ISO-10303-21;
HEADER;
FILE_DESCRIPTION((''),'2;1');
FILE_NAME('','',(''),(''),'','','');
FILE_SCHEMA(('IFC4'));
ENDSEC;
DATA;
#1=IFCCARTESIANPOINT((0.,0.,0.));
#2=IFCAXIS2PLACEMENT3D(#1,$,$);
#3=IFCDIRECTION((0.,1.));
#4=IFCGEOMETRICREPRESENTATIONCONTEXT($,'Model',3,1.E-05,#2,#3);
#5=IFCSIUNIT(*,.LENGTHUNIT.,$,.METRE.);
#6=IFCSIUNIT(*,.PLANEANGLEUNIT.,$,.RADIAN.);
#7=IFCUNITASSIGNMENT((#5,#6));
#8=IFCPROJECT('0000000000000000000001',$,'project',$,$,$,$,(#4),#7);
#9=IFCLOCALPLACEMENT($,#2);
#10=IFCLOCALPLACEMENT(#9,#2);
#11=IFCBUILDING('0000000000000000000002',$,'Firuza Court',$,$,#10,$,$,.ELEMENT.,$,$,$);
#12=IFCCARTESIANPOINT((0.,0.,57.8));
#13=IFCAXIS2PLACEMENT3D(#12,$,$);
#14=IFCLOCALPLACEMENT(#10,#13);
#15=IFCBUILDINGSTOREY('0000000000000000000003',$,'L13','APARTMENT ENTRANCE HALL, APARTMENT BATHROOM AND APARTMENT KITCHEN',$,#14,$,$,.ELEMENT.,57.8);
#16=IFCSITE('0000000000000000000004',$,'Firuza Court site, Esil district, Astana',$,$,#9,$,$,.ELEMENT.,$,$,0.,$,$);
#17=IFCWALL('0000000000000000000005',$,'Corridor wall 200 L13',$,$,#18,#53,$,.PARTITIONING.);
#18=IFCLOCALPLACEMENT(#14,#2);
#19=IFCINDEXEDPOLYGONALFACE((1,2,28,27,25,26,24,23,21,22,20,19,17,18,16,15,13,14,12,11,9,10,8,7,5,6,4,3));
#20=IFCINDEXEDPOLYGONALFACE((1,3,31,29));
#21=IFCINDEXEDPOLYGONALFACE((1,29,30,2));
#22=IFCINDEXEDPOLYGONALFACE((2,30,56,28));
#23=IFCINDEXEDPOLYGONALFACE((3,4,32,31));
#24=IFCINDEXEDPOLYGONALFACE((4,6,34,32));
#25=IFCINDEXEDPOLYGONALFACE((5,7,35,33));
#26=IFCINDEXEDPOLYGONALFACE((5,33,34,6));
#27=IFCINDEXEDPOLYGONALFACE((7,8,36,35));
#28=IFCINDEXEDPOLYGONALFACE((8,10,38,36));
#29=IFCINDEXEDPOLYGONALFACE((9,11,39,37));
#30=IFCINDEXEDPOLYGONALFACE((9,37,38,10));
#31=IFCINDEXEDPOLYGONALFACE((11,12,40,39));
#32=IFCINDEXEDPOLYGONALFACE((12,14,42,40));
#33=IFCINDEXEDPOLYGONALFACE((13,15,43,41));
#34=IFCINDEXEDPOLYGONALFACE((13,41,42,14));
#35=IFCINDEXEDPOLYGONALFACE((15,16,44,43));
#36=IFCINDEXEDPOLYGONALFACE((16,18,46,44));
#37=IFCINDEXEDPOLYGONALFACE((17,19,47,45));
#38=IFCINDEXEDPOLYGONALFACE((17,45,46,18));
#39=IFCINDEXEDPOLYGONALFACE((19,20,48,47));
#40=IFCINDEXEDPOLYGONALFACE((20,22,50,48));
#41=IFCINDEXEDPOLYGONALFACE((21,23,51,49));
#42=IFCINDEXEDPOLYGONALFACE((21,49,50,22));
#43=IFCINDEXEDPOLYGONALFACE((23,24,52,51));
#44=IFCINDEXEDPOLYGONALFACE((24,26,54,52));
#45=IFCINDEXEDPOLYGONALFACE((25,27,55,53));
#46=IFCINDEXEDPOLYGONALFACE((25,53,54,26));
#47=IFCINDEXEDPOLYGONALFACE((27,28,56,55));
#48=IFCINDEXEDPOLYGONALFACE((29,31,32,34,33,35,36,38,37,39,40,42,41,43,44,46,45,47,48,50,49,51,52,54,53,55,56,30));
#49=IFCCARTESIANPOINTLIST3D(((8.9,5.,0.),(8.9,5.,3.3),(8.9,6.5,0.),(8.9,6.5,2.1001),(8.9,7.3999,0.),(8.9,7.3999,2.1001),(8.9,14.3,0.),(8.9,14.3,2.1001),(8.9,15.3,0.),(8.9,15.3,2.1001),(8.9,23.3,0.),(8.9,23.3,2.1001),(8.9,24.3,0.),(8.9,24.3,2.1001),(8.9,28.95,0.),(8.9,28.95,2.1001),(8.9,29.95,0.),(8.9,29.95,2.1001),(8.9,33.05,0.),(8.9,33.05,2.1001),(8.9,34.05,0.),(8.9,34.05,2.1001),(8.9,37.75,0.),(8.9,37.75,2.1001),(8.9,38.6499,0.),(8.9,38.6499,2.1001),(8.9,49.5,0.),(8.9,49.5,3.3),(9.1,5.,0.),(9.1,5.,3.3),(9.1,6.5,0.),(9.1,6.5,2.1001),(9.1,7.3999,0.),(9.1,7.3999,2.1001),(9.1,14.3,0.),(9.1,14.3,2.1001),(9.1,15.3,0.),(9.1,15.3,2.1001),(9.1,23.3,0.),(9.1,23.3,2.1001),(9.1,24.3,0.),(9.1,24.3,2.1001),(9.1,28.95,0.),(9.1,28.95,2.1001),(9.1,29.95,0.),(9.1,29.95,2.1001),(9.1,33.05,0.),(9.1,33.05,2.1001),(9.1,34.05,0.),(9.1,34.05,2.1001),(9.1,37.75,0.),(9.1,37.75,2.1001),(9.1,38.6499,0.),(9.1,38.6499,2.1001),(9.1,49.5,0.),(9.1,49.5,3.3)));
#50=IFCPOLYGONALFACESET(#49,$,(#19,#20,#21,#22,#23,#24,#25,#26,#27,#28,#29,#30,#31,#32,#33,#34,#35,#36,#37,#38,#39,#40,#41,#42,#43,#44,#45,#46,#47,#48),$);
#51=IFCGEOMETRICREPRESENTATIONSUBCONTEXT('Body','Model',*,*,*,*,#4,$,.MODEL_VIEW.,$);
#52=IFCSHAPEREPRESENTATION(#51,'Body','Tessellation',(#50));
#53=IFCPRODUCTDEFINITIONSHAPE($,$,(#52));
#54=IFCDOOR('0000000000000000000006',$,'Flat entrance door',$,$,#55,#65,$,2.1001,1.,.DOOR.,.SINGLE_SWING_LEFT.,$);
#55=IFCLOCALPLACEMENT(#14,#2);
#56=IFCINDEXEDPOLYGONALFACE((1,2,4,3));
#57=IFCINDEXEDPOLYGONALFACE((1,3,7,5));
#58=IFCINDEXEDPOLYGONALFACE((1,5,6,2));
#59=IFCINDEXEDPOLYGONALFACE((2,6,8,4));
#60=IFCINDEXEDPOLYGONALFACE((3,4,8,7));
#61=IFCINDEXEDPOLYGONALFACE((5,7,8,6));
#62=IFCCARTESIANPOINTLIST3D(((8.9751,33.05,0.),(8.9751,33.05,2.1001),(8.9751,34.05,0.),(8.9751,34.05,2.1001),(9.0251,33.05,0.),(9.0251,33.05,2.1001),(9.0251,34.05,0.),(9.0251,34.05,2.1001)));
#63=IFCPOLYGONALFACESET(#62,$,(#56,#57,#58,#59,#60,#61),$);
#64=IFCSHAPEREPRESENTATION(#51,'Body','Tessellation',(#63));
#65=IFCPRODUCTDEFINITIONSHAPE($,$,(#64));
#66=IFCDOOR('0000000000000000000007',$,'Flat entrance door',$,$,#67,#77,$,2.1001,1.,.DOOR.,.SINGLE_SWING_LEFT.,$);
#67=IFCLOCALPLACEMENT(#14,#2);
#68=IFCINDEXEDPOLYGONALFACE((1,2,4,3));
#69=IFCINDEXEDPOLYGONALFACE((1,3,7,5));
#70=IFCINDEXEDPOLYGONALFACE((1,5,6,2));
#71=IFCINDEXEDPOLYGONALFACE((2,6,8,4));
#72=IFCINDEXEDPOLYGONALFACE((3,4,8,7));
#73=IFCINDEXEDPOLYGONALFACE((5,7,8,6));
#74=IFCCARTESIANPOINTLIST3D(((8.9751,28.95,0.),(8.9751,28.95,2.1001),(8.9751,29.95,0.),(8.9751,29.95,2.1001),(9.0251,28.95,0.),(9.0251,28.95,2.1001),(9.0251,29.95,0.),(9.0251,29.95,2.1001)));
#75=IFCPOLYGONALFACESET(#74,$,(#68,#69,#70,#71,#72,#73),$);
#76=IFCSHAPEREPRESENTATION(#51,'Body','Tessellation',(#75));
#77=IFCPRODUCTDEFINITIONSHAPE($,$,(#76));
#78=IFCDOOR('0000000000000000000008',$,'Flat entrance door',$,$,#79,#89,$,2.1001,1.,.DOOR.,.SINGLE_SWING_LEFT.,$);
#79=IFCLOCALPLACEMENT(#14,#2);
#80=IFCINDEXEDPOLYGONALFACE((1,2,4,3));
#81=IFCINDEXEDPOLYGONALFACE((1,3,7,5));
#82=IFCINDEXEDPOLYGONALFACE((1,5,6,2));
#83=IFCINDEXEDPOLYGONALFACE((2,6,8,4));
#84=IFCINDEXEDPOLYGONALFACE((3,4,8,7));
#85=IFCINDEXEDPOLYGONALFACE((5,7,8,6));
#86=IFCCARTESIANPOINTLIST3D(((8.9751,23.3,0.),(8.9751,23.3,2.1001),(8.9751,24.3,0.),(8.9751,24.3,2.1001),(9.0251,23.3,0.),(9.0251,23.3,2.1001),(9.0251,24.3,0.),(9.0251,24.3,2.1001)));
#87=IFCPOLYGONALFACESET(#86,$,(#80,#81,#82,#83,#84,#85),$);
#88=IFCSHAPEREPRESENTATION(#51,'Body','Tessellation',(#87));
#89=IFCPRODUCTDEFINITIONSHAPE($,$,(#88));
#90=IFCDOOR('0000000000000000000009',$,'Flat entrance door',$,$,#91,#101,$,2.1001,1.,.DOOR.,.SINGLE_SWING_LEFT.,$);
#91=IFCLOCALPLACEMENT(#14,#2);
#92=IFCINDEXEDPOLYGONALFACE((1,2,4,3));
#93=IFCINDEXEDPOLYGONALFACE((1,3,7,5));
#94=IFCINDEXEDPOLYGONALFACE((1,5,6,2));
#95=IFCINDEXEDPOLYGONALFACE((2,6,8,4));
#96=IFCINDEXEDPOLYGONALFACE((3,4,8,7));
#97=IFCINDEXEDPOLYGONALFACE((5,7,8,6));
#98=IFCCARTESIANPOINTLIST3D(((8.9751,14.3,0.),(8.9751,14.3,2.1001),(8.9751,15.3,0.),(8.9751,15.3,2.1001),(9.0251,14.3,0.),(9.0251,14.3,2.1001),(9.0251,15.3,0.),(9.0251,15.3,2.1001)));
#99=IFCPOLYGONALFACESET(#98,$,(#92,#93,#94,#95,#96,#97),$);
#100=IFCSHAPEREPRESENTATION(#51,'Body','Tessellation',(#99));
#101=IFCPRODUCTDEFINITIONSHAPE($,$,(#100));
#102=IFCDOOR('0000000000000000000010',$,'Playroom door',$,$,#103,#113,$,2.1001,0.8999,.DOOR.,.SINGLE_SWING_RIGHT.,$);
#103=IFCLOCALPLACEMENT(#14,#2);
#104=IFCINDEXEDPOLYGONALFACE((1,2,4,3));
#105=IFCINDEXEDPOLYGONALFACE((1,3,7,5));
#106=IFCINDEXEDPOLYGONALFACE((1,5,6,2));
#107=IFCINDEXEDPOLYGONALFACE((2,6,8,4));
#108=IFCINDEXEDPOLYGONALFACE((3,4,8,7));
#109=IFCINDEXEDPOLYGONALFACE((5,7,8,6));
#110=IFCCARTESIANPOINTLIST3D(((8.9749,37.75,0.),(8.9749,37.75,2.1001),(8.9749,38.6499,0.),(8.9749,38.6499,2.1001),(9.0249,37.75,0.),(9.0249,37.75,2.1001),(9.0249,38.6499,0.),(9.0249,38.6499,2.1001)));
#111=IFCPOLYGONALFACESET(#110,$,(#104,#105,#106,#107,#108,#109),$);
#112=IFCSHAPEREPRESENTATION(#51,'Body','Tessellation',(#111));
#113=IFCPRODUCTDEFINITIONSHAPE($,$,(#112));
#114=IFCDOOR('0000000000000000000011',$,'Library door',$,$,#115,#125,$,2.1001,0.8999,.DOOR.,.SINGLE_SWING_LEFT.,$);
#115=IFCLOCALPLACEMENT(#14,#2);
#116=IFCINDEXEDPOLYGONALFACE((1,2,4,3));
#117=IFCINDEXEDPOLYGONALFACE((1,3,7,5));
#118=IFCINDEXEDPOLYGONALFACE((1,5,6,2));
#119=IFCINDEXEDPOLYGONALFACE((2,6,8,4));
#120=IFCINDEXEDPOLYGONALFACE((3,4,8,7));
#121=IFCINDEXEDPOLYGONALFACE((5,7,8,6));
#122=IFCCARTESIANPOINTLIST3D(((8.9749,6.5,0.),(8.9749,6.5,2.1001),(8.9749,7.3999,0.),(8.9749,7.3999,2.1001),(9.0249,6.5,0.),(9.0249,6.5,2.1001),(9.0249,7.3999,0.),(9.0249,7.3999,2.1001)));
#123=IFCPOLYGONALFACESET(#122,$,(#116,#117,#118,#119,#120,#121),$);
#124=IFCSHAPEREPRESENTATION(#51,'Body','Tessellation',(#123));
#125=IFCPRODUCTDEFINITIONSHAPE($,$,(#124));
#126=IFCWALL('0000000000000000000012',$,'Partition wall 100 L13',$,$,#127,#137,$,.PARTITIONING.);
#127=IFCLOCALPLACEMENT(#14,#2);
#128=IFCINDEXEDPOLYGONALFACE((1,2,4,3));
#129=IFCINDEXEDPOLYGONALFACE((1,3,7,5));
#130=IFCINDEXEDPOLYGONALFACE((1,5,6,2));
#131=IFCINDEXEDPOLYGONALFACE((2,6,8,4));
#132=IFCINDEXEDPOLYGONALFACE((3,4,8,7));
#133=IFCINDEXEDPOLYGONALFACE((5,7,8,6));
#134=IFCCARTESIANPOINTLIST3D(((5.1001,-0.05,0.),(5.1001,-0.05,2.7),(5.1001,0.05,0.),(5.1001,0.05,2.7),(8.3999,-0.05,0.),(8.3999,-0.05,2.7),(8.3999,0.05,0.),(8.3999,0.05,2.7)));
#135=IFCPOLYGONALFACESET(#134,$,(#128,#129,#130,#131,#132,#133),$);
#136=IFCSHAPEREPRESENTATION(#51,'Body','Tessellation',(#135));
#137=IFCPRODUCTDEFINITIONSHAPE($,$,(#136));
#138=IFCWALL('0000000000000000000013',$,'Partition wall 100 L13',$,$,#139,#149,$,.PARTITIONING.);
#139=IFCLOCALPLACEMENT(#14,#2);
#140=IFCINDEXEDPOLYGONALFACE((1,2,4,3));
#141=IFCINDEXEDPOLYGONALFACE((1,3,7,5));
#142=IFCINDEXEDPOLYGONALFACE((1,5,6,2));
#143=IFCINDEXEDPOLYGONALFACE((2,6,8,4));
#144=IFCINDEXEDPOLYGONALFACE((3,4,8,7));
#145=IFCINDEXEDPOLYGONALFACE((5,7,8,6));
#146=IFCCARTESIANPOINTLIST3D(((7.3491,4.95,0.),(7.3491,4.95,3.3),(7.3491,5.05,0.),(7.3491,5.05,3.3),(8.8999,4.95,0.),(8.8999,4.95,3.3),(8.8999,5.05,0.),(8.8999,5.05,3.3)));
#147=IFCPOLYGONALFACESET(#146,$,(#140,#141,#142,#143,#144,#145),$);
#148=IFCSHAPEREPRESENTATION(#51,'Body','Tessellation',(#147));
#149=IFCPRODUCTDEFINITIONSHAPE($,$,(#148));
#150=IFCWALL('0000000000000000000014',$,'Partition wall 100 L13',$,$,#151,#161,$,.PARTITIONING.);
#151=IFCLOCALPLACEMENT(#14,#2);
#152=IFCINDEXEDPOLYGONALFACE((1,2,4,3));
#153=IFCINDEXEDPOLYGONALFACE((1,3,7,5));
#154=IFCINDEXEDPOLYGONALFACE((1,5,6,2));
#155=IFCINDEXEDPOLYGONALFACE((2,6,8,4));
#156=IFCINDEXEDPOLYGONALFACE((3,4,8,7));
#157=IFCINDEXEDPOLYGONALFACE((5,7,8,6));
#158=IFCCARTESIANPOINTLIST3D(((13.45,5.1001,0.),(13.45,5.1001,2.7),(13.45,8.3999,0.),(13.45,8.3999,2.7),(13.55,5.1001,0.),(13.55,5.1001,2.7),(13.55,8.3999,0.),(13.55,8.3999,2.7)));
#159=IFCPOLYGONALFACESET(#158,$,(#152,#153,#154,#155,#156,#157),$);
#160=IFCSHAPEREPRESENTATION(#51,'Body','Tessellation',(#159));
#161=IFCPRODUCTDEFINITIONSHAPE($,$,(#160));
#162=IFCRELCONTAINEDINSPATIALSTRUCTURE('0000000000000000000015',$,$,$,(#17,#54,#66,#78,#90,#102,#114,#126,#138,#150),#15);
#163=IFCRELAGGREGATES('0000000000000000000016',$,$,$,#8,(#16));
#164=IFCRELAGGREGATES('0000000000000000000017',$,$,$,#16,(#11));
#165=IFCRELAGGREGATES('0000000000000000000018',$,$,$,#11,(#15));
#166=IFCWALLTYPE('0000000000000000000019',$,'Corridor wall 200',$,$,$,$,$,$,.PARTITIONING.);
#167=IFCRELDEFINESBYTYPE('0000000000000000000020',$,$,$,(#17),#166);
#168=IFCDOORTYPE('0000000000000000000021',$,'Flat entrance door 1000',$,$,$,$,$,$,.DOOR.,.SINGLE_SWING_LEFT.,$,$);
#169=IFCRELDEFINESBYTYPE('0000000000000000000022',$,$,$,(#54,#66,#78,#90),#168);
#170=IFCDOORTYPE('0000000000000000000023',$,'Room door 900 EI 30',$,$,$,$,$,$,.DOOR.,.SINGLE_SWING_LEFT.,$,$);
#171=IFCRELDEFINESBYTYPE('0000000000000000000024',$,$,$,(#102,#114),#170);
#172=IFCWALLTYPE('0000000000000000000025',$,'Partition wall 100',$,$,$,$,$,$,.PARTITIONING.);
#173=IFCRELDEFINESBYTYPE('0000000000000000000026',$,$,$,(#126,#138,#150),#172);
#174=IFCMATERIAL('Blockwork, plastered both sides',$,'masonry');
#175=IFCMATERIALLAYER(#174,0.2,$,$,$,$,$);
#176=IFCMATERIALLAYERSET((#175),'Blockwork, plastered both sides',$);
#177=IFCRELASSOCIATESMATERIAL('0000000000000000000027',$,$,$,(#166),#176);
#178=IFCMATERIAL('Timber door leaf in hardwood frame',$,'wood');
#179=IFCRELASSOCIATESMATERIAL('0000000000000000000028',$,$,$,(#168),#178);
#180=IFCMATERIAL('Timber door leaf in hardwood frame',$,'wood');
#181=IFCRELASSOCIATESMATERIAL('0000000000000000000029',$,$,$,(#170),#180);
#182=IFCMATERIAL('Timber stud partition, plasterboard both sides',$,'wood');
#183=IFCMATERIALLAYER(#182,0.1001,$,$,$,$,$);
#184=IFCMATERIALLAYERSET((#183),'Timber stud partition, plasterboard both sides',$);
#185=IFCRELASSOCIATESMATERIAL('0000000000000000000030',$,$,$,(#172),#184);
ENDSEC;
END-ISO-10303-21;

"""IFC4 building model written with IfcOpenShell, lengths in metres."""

from ifc_helpers import new_model, si_unit, direction, frame, frame_2d, origin, place, context, subcontext, project, spatial, rectangle, extrude, material, layer, layer_set, type_object, element, fill, save


model = new_model("IFC4")

# Units and contexts
model_context = context("Model", 3, precision=1e-05, world=origin(), true_north=direction((0.0, 1.0)))
body_context = subcontext(model_context, "Body", "Model", "MODEL_VIEW")
ifc_project = project(units=[si_unit("LENGTHUNIT", "METRE"), si_unit("PLANEANGLEUNIT", "RADIAN")], contexts=[model_context])

# Site, building, storey
site_placement = place(None, origin())
site = spatial("IfcSite", under=ifc_project, at=site_placement, Name="Firuza Court site, Esil district, Astana", CompositionType="ELEMENT", RefElevation=0.0)
building_placement = place(site_placement, origin())
building = spatial("IfcBuilding", under=site, at=building_placement, Name="Firuza Court", CompositionType="ELEMENT")
storey_placement = place(building_placement, frame((0.0, 0.0, 57.8)))
storey = spatial("IfcBuildingStorey", under=building, at=storey_placement, Name="L13", Description="APARTMENT ENTRANCE HALL, APARTMENT BATHROOM AND APARTMENT KITCHEN", CompositionType="ELEMENT", Elevation=57.8)

# Wall, openings, doors
ifc_material_1 = material(Name="Blockwork, plastered both sides", Category="masonry")
ifc_layer_1 = layer(ifc_material_1, 0.2)
ifc_layer_set_1 = layer_set([ifc_layer_1], Name="Blockwork, plastered both sides")
wall_type_1 = type_object("IfcWallType", Name="Corridor wall 200", PredefinedType="PARTITIONING", material=ifc_layer_set_1)
wall_1_placement = place(storey_placement, frame((9.0, 5.0, 0.0), z_axis=(0.0, 0.0, 1.0), x_axis=(0.0, 1.0, 0.0)))
wall_1 = element("IfcWall", 1, at=wall_1_placement, inside=storey, type_object=wall_type_1, Name="Corridor wall 200 L13", PredefinedType="PARTITIONING", context=body_context, shape_type="SweptSolid", body=[
    extrude(rectangle(XDim=44.5, YDim=0.2, at=frame_2d((22.25, 0.0))), origin(), (0.0, 0.0, 1.0), 3.3),
])
opening_1_placement = place(wall_1_placement, frame((28.05, 0.0, 0.0)))
opening_1 = element("IfcOpeningElement", 2, at=opening_1_placement, cuts=wall_1, PredefinedType="OPENING", context=body_context, shape_type="SweptSolid", body=[
    extrude(rectangle(XDim=1.0, YDim=2.1001, at=frame_2d((0.5, 1.05))), frame((0.0, 0.1118, 0.0), z_axis=(0.0, -1.0, 0.0), x_axis=(1.0, 0.0, 0.0)), (0.0, 0.0, 1.0), 0.2239),
])
opening_2_placement = place(wall_1_placement, frame((23.95, 0.0, 0.0)))
opening_2 = element("IfcOpeningElement", 3, at=opening_2_placement, cuts=wall_1, PredefinedType="OPENING", context=body_context, shape_type="SweptSolid", body=[
    extrude(rectangle(XDim=1.0, YDim=2.1001, at=frame_2d((0.5, 1.05))), frame((0.0, 0.1118, 0.0), z_axis=(0.0, -1.0, 0.0), x_axis=(1.0, 0.0, 0.0)), (0.0, 0.0, 1.0), 0.2239),
])
opening_3_placement = place(wall_1_placement, frame((18.3, 0.0, 0.0)))
opening_3 = element("IfcOpeningElement", 4, at=opening_3_placement, cuts=wall_1, PredefinedType="OPENING", context=body_context, shape_type="SweptSolid", body=[
    extrude(rectangle(XDim=1.0, YDim=2.1001, at=frame_2d((0.5, 1.05))), frame((0.0, 0.1118, 0.0), z_axis=(0.0, -1.0, 0.0), x_axis=(1.0, 0.0, 0.0)), (0.0, 0.0, 1.0), 0.2239),
])
opening_4_placement = place(wall_1_placement, frame((9.3, 0.0, 0.0)))
opening_4 = element("IfcOpeningElement", 5, at=opening_4_placement, cuts=wall_1, PredefinedType="OPENING", context=body_context, shape_type="SweptSolid", body=[
    extrude(rectangle(XDim=1.0, YDim=2.1001, at=frame_2d((0.5, 1.05))), frame((0.0, 0.1118, 0.0), z_axis=(0.0, -1.0, 0.0), x_axis=(1.0, 0.0, 0.0)), (0.0, 0.0, 1.0), 0.2239),
])
opening_5_placement = place(wall_1_placement, frame((32.75, 0.0, 0.0)))
opening_5 = element("IfcOpeningElement", 6, at=opening_5_placement, cuts=wall_1, PredefinedType="OPENING", context=body_context, shape_type="SweptSolid", body=[
    extrude(rectangle(XDim=0.8999, YDim=2.1001, at=frame_2d((0.45, 1.05))), frame((0.0, 0.1118, 0.0), z_axis=(0.0, -1.0, 0.0), x_axis=(1.0, 0.0, 0.0)), (0.0, 0.0, 1.0), 0.2239),
])
opening_6_placement = place(wall_1_placement, frame((1.5, 0.0, 0.0)))
opening_6 = element("IfcOpeningElement", 7, at=opening_6_placement, cuts=wall_1, PredefinedType="OPENING", context=body_context, shape_type="SweptSolid", body=[
    extrude(rectangle(XDim=0.8999, YDim=2.1001, at=frame_2d((0.45, 1.05))), frame((0.0, 0.1118, 0.0), z_axis=(0.0, -1.0, 0.0), x_axis=(1.0, 0.0, 0.0)), (0.0, 0.0, 1.0), 0.2239),
])
ifc_material_2 = material(Name="Timber door leaf in hardwood frame", Category="wood")
door_type_1 = type_object("IfcDoorType", Name="Flat entrance door 1000", OperationType="SINGLE_SWING_LEFT", PredefinedType="DOOR", material=ifc_material_2)
door_1_placement = place(opening_1_placement, origin())
door_1 = element("IfcDoor", 8, at=door_1_placement, inside=storey, type_object=door_type_1, Name="Flat entrance door", OperationType="SINGLE_SWING_LEFT", OverallHeight=2.1001, OverallWidth=1.0, PredefinedType="DOOR", context=body_context, shape_type="SweptSolid", body=[
    extrude(rectangle(XDim=1.0, YDim=2.1001, at=frame_2d((0.5, 1.05))), frame((0.0, 0.0249, 0.0), z_axis=(0.0, -1.0, 0.0), x_axis=(1.0, 0.0, 0.0)), (0.0, 0.0, 1.0), 0.05),
])
fill(opening_1, door_1)
door_2_placement = place(opening_2_placement, origin())
door_2 = element("IfcDoor", 9, at=door_2_placement, inside=storey, type_object=door_type_1, Name="Flat entrance door", OperationType="SINGLE_SWING_LEFT", OverallHeight=2.1001, OverallWidth=1.0, PredefinedType="DOOR", context=body_context, shape_type="SweptSolid", body=[
    extrude(rectangle(XDim=1.0, YDim=2.1001, at=frame_2d((0.5, 1.05))), frame((0.0, 0.0249, 0.0), z_axis=(0.0, -1.0, 0.0), x_axis=(1.0, 0.0, 0.0)), (0.0, 0.0, 1.0), 0.05),
])
fill(opening_2, door_2)
door_3_placement = place(opening_3_placement, origin())
door_3 = element("IfcDoor", 10, at=door_3_placement, inside=storey, type_object=door_type_1, Name="Flat entrance door", OperationType="SINGLE_SWING_LEFT", OverallHeight=2.1001, OverallWidth=1.0, PredefinedType="DOOR", context=body_context, shape_type="SweptSolid", body=[
    extrude(rectangle(XDim=1.0, YDim=2.1001, at=frame_2d((0.5, 1.05))), frame((0.0, 0.0249, 0.0), z_axis=(0.0, -1.0, 0.0), x_axis=(1.0, 0.0, 0.0)), (0.0, 0.0, 1.0), 0.05),
])
fill(opening_3, door_3)
door_4_placement = place(opening_4_placement, origin())
door_4 = element("IfcDoor", 11, at=door_4_placement, inside=storey, type_object=door_type_1, Name="Flat entrance door", OperationType="SINGLE_SWING_LEFT", OverallHeight=2.1001, OverallWidth=1.0, PredefinedType="DOOR", context=body_context, shape_type="SweptSolid", body=[
    extrude(rectangle(XDim=1.0, YDim=2.1001, at=frame_2d((0.5, 1.05))), frame((0.0, 0.0249, 0.0), z_axis=(0.0, -1.0, 0.0), x_axis=(1.0, 0.0, 0.0)), (0.0, 0.0, 1.0), 0.05),
])
fill(opening_4, door_4)
ifc_material_3 = material(Name="Timber door leaf in hardwood frame", Category="wood")
door_type_2 = type_object("IfcDoorType", Name="Room door 900 EI 30", OperationType="SINGLE_SWING_LEFT", PredefinedType="DOOR", material=ifc_material_3)
door_5_placement = place(opening_5_placement, frame((0.8999, 0.0, 0.0), z_axis=(0.0, 0.0, 1.0), x_axis=(-1.0, 0.0, 0.0)))
door_5 = element("IfcDoor", 12, at=door_5_placement, inside=storey, type_object=door_type_2, Name="Playroom door", OperationType="SINGLE_SWING_RIGHT", OverallHeight=2.1001, OverallWidth=0.8999, PredefinedType="DOOR", context=body_context, shape_type="SweptSolid", body=[
    extrude(rectangle(XDim=0.8999, YDim=2.1001, at=frame_2d((0.45, 1.05))), frame((0.0, 0.0249, 0.0), z_axis=(0.0, -1.0, 0.0), x_axis=(1.0, 0.0, 0.0)), (0.0, 0.0, 1.0), 0.05),
])
fill(opening_5, door_5)
door_6_placement = place(opening_6_placement, frame((0.8999, 0.0, 0.0), z_axis=(0.0, 0.0, 1.0), x_axis=(-1.0, 0.0, 0.0)))
door_6 = element("IfcDoor", 13, at=door_6_placement, inside=storey, type_object=door_type_2, Name="Library door", OperationType="SINGLE_SWING_LEFT", OverallHeight=2.1001, OverallWidth=0.8999, PredefinedType="DOOR", context=body_context, shape_type="SweptSolid", body=[
    extrude(rectangle(XDim=0.8999, YDim=2.1001, at=frame_2d((0.45, 1.05))), frame((0.0, 0.0249, 0.0), z_axis=(0.0, -1.0, 0.0), x_axis=(1.0, 0.0, 0.0)), (0.0, 0.0, 1.0), 0.05),
])
fill(opening_6, door_6)

# Walls
ifc_material_4 = material(Name="Timber stud partition, plasterboard both sides", Category="wood")
ifc_layer_2 = layer(ifc_material_4, 0.1001)
ifc_layer_set_2 = layer_set([ifc_layer_2], Name="Timber stud partition, plasterboard both sides")
wall_type_2 = type_object("IfcWallType", Name="Partition wall 100", PredefinedType="PARTITIONING", material=ifc_layer_set_2)
wall_2_placement = place(storey_placement, frame((5.1001, 0.0, 0.0), z_axis=(0.0, 0.0, 1.0), x_axis=(1.0, 0.0, 0.0)))
element("IfcWall", 14, at=wall_2_placement, inside=storey, type_object=wall_type_2, Name="Partition wall 100 L13", PredefinedType="PARTITIONING", context=body_context, shape_type="SweptSolid", body=[
    extrude(rectangle(XDim=3.2998, YDim=0.1001, at=frame_2d((1.6499, 0.0))), origin(), (0.0, 0.0, 1.0), 2.7),
])
wall_3_placement = place(storey_placement, frame((7.3491, 5.0, 0.0), z_axis=(0.0, 0.0, 1.0), x_axis=(1.0, 0.0, 0.0)))
element("IfcWall", 15, at=wall_3_placement, inside=storey, type_object=wall_type_2, Name="Partition wall 100 L13", PredefinedType="PARTITIONING", context=body_context, shape_type="SweptSolid", body=[
    extrude(rectangle(XDim=1.5508, YDim=0.1001, at=frame_2d((0.7754, 0.0))), origin(), (0.0, 0.0, 1.0), 3.3),
])
wall_4_placement = place(storey_placement, frame((13.5, 5.1001, 0.0), z_axis=(0.0, 0.0, 1.0), x_axis=(0.0, 1.0, 0.0)))
element("IfcWall", 16, at=wall_4_placement, inside=storey, type_object=wall_type_2, Name="Partition wall 100 L13", PredefinedType="PARTITIONING", context=body_context, shape_type="SweptSolid", body=[
    extrude(rectangle(XDim=3.2998, YDim=0.1001, at=frame_2d((1.6499, 0.0))), origin(), (0.0, 0.0, 1.0), 2.7),
])

save(model, "model.ifc")
